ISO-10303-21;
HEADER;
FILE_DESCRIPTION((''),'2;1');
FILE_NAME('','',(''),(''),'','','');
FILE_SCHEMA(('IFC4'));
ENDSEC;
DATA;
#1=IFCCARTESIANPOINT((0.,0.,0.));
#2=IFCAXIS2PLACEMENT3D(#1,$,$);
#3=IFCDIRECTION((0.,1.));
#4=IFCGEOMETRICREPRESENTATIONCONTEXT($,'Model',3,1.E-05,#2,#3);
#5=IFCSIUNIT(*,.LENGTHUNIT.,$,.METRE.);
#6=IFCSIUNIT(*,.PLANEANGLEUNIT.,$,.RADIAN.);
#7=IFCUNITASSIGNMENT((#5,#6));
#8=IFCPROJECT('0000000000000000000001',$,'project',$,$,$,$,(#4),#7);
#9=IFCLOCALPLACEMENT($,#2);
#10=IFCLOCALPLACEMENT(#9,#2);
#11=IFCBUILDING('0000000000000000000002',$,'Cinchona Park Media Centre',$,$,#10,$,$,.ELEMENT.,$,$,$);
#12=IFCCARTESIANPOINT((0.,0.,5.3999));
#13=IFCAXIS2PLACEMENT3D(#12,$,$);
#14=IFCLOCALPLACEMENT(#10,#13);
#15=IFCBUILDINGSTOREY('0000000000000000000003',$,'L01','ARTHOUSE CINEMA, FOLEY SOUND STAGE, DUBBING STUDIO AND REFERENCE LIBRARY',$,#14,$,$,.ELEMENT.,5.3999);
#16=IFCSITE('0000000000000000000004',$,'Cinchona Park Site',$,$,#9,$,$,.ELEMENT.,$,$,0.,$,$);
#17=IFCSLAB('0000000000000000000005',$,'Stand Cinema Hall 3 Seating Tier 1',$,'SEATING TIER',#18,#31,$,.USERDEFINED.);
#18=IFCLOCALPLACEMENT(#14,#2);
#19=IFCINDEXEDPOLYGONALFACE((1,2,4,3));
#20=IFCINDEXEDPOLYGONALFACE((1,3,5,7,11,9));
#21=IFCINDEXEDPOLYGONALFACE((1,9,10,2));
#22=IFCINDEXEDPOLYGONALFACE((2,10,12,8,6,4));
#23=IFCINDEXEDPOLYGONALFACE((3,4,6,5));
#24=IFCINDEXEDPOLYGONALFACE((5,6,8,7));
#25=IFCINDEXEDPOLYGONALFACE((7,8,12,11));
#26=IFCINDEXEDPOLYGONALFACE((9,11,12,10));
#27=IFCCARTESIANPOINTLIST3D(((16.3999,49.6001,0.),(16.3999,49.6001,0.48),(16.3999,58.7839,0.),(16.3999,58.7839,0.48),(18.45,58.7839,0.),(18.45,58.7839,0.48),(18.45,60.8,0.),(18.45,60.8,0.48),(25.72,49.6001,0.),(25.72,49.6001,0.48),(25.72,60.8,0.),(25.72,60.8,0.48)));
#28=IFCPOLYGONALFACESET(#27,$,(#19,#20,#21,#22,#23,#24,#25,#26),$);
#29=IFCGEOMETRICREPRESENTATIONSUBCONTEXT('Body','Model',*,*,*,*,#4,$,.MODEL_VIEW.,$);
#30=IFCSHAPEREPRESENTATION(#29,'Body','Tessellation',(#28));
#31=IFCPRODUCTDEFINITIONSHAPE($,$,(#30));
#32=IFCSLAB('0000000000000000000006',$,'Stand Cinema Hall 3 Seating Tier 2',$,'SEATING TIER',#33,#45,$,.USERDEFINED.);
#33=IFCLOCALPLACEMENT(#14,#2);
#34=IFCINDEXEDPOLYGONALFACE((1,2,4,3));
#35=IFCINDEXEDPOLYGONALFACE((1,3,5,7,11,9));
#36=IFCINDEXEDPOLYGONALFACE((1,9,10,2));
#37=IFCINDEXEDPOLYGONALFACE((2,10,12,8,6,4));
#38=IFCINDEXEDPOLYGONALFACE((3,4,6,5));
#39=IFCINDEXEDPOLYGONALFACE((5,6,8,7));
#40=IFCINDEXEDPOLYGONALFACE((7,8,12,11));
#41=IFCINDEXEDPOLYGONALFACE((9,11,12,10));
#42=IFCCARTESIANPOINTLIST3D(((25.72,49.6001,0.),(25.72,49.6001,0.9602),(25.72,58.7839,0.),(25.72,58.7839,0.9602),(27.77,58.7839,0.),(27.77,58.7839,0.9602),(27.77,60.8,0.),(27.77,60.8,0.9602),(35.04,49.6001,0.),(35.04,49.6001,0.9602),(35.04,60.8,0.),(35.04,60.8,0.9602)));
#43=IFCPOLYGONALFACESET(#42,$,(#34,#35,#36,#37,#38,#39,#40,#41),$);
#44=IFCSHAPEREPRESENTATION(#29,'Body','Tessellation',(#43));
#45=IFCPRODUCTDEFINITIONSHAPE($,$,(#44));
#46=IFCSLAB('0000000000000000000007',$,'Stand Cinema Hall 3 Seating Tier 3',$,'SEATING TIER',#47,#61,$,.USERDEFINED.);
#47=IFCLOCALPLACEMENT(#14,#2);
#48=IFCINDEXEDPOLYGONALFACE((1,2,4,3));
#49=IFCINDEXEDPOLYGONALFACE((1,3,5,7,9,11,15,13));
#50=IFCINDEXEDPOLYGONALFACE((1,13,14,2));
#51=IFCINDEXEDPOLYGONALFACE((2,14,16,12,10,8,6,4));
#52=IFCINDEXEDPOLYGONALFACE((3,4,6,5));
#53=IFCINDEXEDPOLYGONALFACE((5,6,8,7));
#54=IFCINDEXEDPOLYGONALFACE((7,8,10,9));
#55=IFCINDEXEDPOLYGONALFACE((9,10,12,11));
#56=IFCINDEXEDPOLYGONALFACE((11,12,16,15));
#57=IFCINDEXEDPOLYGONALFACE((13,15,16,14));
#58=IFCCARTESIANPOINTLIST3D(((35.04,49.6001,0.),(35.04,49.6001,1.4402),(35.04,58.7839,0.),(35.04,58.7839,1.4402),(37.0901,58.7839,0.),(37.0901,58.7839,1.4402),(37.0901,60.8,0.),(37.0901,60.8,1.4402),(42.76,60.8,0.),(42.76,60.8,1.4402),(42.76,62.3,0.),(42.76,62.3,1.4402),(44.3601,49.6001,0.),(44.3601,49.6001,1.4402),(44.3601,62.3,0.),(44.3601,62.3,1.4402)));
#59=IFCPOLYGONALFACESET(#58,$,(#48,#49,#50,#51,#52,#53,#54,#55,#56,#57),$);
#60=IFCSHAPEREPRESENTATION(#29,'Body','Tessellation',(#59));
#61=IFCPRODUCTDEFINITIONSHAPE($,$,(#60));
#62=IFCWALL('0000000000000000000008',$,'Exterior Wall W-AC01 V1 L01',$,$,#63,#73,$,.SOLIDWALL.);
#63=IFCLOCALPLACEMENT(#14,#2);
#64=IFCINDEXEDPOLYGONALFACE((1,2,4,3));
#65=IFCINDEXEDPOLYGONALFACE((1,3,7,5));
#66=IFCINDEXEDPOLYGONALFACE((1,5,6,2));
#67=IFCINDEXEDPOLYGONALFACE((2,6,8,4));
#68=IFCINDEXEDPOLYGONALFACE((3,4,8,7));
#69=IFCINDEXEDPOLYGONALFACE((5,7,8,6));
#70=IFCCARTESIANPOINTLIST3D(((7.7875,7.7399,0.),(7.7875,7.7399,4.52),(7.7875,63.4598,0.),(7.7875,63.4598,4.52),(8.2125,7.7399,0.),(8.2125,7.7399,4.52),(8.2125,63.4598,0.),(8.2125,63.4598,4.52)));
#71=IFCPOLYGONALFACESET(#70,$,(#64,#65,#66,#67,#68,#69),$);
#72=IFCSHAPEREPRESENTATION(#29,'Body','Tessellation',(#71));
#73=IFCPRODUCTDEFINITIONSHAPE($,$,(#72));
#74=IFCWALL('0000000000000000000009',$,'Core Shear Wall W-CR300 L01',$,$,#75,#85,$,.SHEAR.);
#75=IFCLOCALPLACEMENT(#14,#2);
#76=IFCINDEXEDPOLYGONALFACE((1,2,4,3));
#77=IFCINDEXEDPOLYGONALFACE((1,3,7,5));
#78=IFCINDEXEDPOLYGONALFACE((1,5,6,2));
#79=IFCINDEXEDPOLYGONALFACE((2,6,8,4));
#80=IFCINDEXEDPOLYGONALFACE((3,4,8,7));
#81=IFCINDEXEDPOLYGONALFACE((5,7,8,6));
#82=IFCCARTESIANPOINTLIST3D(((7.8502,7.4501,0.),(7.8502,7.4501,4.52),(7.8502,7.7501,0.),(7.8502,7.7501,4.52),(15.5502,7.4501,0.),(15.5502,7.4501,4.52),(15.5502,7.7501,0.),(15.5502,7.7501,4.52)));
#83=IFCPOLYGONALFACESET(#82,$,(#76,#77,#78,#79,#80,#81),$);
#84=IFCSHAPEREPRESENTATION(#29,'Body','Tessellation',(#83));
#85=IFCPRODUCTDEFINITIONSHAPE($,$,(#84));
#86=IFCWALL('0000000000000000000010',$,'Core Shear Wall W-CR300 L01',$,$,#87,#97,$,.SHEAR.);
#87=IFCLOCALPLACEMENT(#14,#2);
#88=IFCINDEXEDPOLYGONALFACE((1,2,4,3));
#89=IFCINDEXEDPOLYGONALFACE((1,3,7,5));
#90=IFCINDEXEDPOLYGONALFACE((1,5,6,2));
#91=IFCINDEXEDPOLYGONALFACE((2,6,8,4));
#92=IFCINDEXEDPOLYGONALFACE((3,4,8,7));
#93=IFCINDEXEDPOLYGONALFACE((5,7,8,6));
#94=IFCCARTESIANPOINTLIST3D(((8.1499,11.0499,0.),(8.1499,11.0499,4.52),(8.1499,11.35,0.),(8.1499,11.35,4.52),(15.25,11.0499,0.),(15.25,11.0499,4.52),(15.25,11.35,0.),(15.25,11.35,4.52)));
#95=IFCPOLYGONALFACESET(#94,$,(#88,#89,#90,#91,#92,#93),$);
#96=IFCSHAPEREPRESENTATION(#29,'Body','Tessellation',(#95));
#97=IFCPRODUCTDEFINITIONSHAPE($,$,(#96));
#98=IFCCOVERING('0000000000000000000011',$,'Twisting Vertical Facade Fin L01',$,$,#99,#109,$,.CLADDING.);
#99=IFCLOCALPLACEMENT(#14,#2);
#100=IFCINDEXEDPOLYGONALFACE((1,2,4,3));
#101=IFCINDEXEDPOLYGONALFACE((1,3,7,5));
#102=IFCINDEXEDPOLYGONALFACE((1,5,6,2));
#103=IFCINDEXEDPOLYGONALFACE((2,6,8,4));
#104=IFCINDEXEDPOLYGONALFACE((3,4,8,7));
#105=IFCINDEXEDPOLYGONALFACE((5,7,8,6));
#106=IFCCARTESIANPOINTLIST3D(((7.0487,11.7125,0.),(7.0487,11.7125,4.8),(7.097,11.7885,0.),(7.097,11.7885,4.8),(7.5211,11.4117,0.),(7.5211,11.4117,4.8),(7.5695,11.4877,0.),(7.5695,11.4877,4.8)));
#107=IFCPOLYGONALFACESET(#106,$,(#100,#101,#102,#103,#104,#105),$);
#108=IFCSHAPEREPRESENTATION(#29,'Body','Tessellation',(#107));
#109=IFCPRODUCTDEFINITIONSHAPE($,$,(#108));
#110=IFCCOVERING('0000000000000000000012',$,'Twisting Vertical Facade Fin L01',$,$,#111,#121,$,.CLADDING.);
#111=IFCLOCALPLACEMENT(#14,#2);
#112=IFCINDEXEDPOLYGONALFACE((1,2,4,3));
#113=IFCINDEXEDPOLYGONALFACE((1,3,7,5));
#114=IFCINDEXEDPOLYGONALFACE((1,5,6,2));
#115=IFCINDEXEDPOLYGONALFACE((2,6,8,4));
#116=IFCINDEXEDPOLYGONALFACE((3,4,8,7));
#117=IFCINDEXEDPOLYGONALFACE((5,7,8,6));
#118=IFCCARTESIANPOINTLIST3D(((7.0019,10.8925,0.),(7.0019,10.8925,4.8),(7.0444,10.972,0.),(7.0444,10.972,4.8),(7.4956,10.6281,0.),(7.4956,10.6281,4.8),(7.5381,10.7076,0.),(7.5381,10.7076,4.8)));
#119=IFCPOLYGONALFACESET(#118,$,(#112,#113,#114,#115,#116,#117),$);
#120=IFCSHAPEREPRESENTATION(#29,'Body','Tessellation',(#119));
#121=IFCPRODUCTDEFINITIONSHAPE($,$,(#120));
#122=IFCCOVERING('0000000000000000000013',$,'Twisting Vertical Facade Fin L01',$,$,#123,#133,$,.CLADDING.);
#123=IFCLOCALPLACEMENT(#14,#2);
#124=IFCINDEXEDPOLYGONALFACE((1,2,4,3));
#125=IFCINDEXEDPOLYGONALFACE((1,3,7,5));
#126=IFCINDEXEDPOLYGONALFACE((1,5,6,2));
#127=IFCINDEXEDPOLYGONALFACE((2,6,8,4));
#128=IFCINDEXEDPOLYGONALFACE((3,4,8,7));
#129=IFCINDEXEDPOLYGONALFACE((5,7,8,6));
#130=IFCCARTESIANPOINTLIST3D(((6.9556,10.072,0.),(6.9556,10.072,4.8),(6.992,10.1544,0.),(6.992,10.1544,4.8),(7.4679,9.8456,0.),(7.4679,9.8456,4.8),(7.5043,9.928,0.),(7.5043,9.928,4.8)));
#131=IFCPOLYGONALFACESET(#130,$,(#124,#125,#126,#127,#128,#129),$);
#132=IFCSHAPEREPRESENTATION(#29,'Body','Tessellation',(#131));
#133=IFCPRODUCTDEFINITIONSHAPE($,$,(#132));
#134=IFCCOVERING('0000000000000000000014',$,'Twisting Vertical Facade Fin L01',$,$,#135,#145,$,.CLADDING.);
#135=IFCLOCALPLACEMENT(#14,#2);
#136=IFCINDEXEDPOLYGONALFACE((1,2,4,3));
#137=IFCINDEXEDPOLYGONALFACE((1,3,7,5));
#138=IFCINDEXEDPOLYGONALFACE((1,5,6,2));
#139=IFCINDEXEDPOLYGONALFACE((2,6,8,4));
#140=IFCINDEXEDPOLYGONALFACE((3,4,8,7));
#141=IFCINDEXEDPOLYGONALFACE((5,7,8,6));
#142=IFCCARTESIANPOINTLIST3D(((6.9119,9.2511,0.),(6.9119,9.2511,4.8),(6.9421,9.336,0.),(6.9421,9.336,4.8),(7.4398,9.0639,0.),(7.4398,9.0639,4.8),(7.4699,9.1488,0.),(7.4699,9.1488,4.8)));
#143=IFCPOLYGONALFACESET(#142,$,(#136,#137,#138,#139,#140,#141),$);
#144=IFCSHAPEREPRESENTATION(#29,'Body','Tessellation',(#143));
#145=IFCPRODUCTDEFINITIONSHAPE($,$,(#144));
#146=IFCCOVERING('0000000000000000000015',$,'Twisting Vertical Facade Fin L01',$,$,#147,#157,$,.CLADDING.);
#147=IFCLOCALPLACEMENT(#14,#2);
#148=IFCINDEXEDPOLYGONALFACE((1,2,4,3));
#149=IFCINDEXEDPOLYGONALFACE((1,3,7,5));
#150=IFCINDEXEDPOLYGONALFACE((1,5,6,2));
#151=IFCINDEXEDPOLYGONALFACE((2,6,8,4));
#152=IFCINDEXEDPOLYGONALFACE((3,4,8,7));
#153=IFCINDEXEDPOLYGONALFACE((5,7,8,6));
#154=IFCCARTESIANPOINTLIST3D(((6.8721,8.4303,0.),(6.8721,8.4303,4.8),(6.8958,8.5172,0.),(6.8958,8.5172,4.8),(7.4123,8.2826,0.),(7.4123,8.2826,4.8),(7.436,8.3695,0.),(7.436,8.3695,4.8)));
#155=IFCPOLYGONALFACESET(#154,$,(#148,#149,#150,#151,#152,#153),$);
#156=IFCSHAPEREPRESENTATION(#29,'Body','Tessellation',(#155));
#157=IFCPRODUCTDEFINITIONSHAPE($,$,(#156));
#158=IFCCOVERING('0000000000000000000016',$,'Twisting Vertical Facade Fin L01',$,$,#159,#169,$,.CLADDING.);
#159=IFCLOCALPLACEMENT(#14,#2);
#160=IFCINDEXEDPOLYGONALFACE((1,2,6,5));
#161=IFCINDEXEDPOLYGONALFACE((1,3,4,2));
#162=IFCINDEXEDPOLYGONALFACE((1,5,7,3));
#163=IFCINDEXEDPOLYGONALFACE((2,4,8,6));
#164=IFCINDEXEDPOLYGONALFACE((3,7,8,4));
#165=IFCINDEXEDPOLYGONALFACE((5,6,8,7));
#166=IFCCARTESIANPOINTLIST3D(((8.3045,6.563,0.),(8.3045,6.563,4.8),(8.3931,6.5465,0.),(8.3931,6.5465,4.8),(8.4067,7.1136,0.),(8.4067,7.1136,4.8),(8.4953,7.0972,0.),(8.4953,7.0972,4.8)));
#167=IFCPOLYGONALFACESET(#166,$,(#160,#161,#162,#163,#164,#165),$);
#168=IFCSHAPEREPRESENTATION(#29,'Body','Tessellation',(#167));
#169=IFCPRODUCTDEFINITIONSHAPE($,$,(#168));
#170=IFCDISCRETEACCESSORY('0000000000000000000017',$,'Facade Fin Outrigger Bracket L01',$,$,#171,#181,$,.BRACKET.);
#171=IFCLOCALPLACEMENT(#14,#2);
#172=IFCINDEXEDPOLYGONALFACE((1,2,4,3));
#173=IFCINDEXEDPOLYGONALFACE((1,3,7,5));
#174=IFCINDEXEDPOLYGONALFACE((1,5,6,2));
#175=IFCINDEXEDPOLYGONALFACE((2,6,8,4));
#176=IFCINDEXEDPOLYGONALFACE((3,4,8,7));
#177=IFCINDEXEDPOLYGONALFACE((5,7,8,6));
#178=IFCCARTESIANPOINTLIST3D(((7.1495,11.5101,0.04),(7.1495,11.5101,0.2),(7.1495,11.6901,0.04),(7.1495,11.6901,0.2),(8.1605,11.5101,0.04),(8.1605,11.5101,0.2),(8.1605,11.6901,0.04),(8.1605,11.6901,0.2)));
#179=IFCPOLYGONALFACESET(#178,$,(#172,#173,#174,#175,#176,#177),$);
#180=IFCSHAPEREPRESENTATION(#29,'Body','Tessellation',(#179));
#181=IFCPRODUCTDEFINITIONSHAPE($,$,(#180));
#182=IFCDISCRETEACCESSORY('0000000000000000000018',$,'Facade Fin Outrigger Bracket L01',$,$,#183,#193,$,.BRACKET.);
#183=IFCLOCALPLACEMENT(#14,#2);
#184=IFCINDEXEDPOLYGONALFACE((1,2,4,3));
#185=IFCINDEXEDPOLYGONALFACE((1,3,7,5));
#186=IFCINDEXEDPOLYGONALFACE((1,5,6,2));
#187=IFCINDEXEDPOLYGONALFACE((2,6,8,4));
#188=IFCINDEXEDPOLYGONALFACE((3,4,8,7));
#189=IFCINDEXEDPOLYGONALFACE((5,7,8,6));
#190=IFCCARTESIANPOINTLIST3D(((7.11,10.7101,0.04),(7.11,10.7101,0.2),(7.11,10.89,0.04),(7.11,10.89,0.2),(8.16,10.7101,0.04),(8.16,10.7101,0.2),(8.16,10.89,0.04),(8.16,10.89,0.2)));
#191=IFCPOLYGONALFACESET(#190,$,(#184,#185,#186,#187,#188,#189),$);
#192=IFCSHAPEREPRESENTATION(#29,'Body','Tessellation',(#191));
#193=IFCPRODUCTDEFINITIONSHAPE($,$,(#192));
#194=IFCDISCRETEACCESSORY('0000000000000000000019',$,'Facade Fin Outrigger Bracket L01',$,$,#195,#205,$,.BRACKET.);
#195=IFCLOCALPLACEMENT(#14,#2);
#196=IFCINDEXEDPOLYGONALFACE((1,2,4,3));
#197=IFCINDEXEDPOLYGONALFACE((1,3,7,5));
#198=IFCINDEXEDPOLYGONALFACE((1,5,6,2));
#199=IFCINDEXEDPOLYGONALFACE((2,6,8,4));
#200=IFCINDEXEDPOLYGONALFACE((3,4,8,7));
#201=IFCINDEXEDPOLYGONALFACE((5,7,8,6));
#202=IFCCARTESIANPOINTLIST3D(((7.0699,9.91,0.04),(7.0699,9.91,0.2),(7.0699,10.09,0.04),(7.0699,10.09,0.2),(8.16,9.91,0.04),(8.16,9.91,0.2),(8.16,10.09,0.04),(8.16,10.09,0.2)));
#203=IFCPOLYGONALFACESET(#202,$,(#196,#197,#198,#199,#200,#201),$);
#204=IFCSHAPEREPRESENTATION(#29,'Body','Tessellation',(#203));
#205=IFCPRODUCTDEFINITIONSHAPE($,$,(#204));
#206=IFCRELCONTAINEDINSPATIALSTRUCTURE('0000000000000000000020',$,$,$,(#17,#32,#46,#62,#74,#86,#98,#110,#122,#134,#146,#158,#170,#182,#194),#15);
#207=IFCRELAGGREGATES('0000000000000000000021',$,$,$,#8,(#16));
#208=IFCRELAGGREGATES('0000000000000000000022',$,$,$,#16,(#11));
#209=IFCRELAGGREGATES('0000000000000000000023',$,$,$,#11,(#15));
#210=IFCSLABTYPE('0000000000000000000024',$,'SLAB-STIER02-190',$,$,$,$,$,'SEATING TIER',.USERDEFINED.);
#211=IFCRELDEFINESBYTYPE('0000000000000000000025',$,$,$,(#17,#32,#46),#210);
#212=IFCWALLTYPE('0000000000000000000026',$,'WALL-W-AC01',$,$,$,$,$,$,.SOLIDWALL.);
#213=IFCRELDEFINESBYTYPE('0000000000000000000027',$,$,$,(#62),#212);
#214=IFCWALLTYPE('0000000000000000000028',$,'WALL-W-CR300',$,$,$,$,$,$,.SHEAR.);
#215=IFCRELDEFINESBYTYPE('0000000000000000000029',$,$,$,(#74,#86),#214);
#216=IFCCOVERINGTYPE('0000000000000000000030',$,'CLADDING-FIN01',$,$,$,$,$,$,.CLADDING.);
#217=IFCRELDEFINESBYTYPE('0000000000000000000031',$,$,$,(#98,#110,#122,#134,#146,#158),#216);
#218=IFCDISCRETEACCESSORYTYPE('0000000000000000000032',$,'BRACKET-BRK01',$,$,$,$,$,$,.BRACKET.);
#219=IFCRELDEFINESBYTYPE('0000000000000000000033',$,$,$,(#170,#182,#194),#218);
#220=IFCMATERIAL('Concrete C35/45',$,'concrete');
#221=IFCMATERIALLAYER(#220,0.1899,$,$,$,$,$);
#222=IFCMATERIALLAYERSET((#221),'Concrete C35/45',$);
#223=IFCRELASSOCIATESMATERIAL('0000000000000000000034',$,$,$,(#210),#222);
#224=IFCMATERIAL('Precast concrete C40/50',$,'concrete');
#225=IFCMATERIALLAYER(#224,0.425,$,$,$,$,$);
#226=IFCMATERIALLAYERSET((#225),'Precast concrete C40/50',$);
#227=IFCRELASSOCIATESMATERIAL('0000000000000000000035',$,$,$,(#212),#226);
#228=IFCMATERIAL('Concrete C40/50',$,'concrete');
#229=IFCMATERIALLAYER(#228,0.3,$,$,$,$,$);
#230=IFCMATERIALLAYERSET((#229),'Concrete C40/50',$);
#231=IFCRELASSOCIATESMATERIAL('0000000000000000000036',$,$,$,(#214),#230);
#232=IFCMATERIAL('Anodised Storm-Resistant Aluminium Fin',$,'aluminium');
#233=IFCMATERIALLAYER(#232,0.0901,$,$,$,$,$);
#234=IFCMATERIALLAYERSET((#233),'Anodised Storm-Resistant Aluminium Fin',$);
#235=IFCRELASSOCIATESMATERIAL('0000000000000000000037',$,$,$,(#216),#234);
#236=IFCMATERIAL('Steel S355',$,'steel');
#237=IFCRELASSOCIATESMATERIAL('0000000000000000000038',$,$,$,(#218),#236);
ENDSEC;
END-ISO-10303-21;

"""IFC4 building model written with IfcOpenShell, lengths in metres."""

from ifc_helpers import new_model, si_unit, direction, frame, frame_2d, origin, origin_2d, place, context, subcontext, project, spatial, polyline, rectangle, outline, extrude, material, layer, layer_set, type_object, element, save


model = new_model("IFC4")

# Units and contexts
model_context = context("Model", 3, precision=1e-05, world=origin(), true_north=direction((0.0, 1.0)))
body_context = subcontext(model_context, "Body", "Model", "MODEL_VIEW")
ifc_project = project(units=[si_unit("LENGTHUNIT", "METRE"), si_unit("PLANEANGLEUNIT", "RADIAN")], contexts=[model_context])

# Site, building, storey
site_placement = place(None, origin())
site = spatial("IfcSite", under=ifc_project, at=site_placement, Name="Cinchona Park Site", CompositionType="ELEMENT", RefElevation=0.0)
building_placement = place(site_placement, origin())
building = spatial("IfcBuilding", under=site, at=building_placement, Name="Cinchona Park Media Centre", CompositionType="ELEMENT")
storey_placement = place(building_placement, frame((0.0, 0.0, 5.3999)))
storey = spatial("IfcBuildingStorey", under=building, at=storey_placement, Name="L01", Description="ARTHOUSE CINEMA, FOLEY SOUND STAGE, DUBBING STUDIO AND REFERENCE LIBRARY", CompositionType="ELEMENT", Elevation=5.3999)

# Slabs
ifc_material_1 = material(Name="Concrete C35/45", Category="concrete")
ifc_layer_1 = layer(ifc_material_1, 0.1899)
ifc_layer_set_1 = layer_set([ifc_layer_1], Name="Concrete C35/45")
slab_type_1 = type_object("IfcSlabType", Name="SLAB-STIER02-190", ElementType="SEATING TIER", PredefinedType="USERDEFINED", material=ifc_layer_set_1)
slab_1_placement = place(storey_placement, origin())
element("IfcSlab", 1, at=slab_1_placement, inside=storey, type_object=slab_type_1, Name="Stand Cinema Hall 3 Seating Tier 1", ObjectType="SEATING TIER", PredefinedType="USERDEFINED", context=body_context, shape_type="SweptSolid", body=[
    extrude(outline(polyline([(16.3999, 49.6001), (25.72, 49.6001), (25.72, 60.8), (18.45, 60.8), (18.45, 58.7839), (16.3999, 58.7839), (16.3999, 49.6001)])), origin(), (0.0, 0.0, 1.0), 0.48),
])
slab_2_placement = place(storey_placement, origin())
element("IfcSlab", 2, at=slab_2_placement, inside=storey, type_object=slab_type_1, Name="Stand Cinema Hall 3 Seating Tier 2", ObjectType="SEATING TIER", PredefinedType="USERDEFINED", context=body_context, shape_type="SweptSolid", body=[
    extrude(outline(polyline([(25.72, 49.6001), (35.04, 49.6001), (35.04, 60.8), (27.77, 60.8), (27.77, 58.7839), (25.72, 58.7839), (25.72, 49.6001)])), origin(), (0.0, 0.0, 1.0), 0.9602),
])
slab_3_placement = place(storey_placement, origin())
element("IfcSlab", 3, at=slab_3_placement, inside=storey, type_object=slab_type_1, Name="Stand Cinema Hall 3 Seating Tier 3", ObjectType="SEATING TIER", PredefinedType="USERDEFINED", context=body_context, shape_type="SweptSolid", body=[
    extrude(outline(polyline([(35.04, 49.6001), (44.3601, 49.6001), (44.3601, 62.3), (42.76, 62.3), (42.76, 60.8), (37.0901, 60.8), (37.0901, 58.7839), (35.04, 58.7839), (35.04, 49.6001)])), origin(), (0.0, 0.0, 1.0), 1.4402),
])

# Walls
ifc_material_2 = material(Name="Precast concrete C40/50", Category="concrete")
ifc_layer_2 = layer(ifc_material_2, 0.425)
ifc_layer_set_2 = layer_set([ifc_layer_2], Name="Precast concrete C40/50")
wall_type_1 = type_object("IfcWallType", Name="WALL-W-AC01", PredefinedType="SOLIDWALL", material=ifc_layer_set_2)
wall_1_placement = place(storey_placement, frame((8.0, 7.74, 0.0), z_axis=(0.0, 0.0, 1.0), x_axis=(0.0, 1.0, 0.0)))
element("IfcWall", 4, at=wall_1_placement, inside=storey, type_object=wall_type_1, Name="Exterior Wall W-AC01 V1 L01", PredefinedType="SOLIDWALL", context=body_context, shape_type="SweptSolid", body=[
    extrude(rectangle(XDim=55.72, YDim=0.425, at=frame_2d((27.8599, 0.0))), origin(), (0.0, 0.0, 1.0), 4.52),
])
ifc_material_3 = material(Name="Concrete C40/50", Category="concrete")
ifc_layer_3 = layer(ifc_material_3, 0.3)
ifc_layer_set_3 = layer_set([ifc_layer_3], Name="Concrete C40/50")
wall_type_2 = type_object("IfcWallType", Name="WALL-W-CR300", PredefinedType="SHEAR", material=ifc_layer_set_3)
wall_2_placement = place(storey_placement, frame((7.8501, 7.6001, 0.0), z_axis=(0.0, 0.0, 1.0), x_axis=(1.0, 0.0, 0.0)))
element("IfcWall", 5, at=wall_2_placement, inside=storey, type_object=wall_type_2, Name="Core Shear Wall W-CR300 L01", PredefinedType="SHEAR", context=body_context, shape_type="SweptSolid", body=[
    extrude(rectangle(XDim=7.7, YDim=0.3, at=frame_2d((3.8501, 0.0))), origin(), (0.0, 0.0, 1.0), 4.52),
])
wall_3_placement = place(storey_placement, frame((8.1499, 11.2, 0.0), z_axis=(0.0, 0.0, 1.0), x_axis=(1.0, 0.0, 0.0)))
element("IfcWall", 6, at=wall_3_placement, inside=storey, type_object=wall_type_2, Name="Core Shear Wall W-CR300 L01", PredefinedType="SHEAR", context=body_context, shape_type="SweptSolid", body=[
    extrude(rectangle(XDim=7.1001, YDim=0.3, at=frame_2d((3.55, 0.0))), origin(), (0.0, 0.0, 1.0), 4.52),
])

# Coverings
ifc_material_4 = material(Name="Anodised Storm-Resistant Aluminium Fin", Category="aluminium")
ifc_layer_4 = layer(ifc_material_4, 0.0901)
ifc_layer_set_4 = layer_set([ifc_layer_4], Name="Anodised Storm-Resistant Aluminium Fin")
covering_type = type_object("IfcCoveringType", Name="CLADDING-FIN01", PredefinedType="CLADDING", material=ifc_layer_set_4)
for number, where, z_axis, x_axis, name in (
    (7, (7.3091, 11.6001, 0.0), (0.0, 0.0, 1.0), (0.843579, -0.537005, 0.0), "Twisting Vertical Facade Fin L01"),
    (8, (7.27, 10.8, 0.0), (0.0, 0.0, 1.0), (0.881551, -0.472089, 0.0), "Twisting Vertical Facade Fin L01"),
    (9, (7.23, 10.0, 0.0), (0.0, 0.0, 1.0), (0.914678, -0.404184, 0.0), "Twisting Vertical Facade Fin L01"),
    (10, (7.1909, 9.2, 0.0), (0.0, 0.0, 1.0), (0.942467, -0.3343, 0.0), "Twisting Vertical Facade Fin L01"),
    (11, (7.1541, 8.3999, 0.0), (0.0, 0.0, 1.0), (0.964603, -0.263705, 0.0), "Twisting Vertical Facade Fin L01"),
    (12, (8.3999, 6.8301, 0.0), (0.0, 0.0, 1.0), (0.182579, 0.983191, 0.0), "Twisting Vertical Facade Fin L01"),
):
    element("IfcCovering", number, at=place(storey_placement, frame(where, z_axis=z_axis, x_axis=x_axis)), inside=storey, type_object=covering_type, Name=name, PredefinedType="CLADDING", context=body_context, shape_type="SweptSolid", body=[
        extrude(rectangle(XDim=0.5601, YDim=0.0901, at=origin_2d()), origin(), (0.0, 0.0, 1.0), 4.8),
    ])

# Discrete accessories
ifc_material_5 = material(Name="Steel S355", Category="steel")
discrete_accessory_type = type_object("IfcDiscreteAccessoryType", Name="BRACKET-BRK01", PredefinedType="BRACKET", material=ifc_material_5)
discrete_accessory_1_placement = place(storey_placement, frame((7.655, 11.6001, 0.04), z_axis=(0.0, 0.0, 1.0), x_axis=(0.0, -1.0, 0.0)))
element("IfcDiscreteAccessory", 13, at=discrete_accessory_1_placement, inside=storey, type_object=discrete_accessory_type, Name="Facade Fin Outrigger Bracket L01", PredefinedType="BRACKET", context=body_context, shape_type="SweptSolid", body=[
    extrude(rectangle(XDim=0.1799, YDim=1.011, at=origin_2d()), origin(), (0.0, 0.0, 1.0), 0.1599),
])
discrete_accessory_2_placement = place(storey_placement, frame((7.635, 10.8, 0.04), z_axis=(0.0, 0.0, 1.0), x_axis=(0.0, -1.0, 0.0)))
element("IfcDiscreteAccessory", 14, at=discrete_accessory_2_placement, inside=storey, type_object=discrete_accessory_type, Name="Facade Fin Outrigger Bracket L01", PredefinedType="BRACKET", context=body_context, shape_type="SweptSolid", body=[
    extrude(rectangle(XDim=0.1799, YDim=1.05, at=origin_2d()), origin(), (0.0, 0.0, 1.0), 0.1599),
])
discrete_accessory_3_placement = place(storey_placement, frame((7.615, 10.0, 0.04), z_axis=(0.0, 0.0, 1.0), x_axis=(0.0, -1.0, 0.0)))
element("IfcDiscreteAccessory", 15, at=discrete_accessory_3_placement, inside=storey, type_object=discrete_accessory_type, Name="Facade Fin Outrigger Bracket L01", PredefinedType="BRACKET", context=body_context, shape_type="SweptSolid", body=[
    extrude(rectangle(XDim=0.1799, YDim=1.0901, at=origin_2d()), origin(), (0.0, 0.0, 1.0), 0.1599),
])

save(model, "model.ifc")
